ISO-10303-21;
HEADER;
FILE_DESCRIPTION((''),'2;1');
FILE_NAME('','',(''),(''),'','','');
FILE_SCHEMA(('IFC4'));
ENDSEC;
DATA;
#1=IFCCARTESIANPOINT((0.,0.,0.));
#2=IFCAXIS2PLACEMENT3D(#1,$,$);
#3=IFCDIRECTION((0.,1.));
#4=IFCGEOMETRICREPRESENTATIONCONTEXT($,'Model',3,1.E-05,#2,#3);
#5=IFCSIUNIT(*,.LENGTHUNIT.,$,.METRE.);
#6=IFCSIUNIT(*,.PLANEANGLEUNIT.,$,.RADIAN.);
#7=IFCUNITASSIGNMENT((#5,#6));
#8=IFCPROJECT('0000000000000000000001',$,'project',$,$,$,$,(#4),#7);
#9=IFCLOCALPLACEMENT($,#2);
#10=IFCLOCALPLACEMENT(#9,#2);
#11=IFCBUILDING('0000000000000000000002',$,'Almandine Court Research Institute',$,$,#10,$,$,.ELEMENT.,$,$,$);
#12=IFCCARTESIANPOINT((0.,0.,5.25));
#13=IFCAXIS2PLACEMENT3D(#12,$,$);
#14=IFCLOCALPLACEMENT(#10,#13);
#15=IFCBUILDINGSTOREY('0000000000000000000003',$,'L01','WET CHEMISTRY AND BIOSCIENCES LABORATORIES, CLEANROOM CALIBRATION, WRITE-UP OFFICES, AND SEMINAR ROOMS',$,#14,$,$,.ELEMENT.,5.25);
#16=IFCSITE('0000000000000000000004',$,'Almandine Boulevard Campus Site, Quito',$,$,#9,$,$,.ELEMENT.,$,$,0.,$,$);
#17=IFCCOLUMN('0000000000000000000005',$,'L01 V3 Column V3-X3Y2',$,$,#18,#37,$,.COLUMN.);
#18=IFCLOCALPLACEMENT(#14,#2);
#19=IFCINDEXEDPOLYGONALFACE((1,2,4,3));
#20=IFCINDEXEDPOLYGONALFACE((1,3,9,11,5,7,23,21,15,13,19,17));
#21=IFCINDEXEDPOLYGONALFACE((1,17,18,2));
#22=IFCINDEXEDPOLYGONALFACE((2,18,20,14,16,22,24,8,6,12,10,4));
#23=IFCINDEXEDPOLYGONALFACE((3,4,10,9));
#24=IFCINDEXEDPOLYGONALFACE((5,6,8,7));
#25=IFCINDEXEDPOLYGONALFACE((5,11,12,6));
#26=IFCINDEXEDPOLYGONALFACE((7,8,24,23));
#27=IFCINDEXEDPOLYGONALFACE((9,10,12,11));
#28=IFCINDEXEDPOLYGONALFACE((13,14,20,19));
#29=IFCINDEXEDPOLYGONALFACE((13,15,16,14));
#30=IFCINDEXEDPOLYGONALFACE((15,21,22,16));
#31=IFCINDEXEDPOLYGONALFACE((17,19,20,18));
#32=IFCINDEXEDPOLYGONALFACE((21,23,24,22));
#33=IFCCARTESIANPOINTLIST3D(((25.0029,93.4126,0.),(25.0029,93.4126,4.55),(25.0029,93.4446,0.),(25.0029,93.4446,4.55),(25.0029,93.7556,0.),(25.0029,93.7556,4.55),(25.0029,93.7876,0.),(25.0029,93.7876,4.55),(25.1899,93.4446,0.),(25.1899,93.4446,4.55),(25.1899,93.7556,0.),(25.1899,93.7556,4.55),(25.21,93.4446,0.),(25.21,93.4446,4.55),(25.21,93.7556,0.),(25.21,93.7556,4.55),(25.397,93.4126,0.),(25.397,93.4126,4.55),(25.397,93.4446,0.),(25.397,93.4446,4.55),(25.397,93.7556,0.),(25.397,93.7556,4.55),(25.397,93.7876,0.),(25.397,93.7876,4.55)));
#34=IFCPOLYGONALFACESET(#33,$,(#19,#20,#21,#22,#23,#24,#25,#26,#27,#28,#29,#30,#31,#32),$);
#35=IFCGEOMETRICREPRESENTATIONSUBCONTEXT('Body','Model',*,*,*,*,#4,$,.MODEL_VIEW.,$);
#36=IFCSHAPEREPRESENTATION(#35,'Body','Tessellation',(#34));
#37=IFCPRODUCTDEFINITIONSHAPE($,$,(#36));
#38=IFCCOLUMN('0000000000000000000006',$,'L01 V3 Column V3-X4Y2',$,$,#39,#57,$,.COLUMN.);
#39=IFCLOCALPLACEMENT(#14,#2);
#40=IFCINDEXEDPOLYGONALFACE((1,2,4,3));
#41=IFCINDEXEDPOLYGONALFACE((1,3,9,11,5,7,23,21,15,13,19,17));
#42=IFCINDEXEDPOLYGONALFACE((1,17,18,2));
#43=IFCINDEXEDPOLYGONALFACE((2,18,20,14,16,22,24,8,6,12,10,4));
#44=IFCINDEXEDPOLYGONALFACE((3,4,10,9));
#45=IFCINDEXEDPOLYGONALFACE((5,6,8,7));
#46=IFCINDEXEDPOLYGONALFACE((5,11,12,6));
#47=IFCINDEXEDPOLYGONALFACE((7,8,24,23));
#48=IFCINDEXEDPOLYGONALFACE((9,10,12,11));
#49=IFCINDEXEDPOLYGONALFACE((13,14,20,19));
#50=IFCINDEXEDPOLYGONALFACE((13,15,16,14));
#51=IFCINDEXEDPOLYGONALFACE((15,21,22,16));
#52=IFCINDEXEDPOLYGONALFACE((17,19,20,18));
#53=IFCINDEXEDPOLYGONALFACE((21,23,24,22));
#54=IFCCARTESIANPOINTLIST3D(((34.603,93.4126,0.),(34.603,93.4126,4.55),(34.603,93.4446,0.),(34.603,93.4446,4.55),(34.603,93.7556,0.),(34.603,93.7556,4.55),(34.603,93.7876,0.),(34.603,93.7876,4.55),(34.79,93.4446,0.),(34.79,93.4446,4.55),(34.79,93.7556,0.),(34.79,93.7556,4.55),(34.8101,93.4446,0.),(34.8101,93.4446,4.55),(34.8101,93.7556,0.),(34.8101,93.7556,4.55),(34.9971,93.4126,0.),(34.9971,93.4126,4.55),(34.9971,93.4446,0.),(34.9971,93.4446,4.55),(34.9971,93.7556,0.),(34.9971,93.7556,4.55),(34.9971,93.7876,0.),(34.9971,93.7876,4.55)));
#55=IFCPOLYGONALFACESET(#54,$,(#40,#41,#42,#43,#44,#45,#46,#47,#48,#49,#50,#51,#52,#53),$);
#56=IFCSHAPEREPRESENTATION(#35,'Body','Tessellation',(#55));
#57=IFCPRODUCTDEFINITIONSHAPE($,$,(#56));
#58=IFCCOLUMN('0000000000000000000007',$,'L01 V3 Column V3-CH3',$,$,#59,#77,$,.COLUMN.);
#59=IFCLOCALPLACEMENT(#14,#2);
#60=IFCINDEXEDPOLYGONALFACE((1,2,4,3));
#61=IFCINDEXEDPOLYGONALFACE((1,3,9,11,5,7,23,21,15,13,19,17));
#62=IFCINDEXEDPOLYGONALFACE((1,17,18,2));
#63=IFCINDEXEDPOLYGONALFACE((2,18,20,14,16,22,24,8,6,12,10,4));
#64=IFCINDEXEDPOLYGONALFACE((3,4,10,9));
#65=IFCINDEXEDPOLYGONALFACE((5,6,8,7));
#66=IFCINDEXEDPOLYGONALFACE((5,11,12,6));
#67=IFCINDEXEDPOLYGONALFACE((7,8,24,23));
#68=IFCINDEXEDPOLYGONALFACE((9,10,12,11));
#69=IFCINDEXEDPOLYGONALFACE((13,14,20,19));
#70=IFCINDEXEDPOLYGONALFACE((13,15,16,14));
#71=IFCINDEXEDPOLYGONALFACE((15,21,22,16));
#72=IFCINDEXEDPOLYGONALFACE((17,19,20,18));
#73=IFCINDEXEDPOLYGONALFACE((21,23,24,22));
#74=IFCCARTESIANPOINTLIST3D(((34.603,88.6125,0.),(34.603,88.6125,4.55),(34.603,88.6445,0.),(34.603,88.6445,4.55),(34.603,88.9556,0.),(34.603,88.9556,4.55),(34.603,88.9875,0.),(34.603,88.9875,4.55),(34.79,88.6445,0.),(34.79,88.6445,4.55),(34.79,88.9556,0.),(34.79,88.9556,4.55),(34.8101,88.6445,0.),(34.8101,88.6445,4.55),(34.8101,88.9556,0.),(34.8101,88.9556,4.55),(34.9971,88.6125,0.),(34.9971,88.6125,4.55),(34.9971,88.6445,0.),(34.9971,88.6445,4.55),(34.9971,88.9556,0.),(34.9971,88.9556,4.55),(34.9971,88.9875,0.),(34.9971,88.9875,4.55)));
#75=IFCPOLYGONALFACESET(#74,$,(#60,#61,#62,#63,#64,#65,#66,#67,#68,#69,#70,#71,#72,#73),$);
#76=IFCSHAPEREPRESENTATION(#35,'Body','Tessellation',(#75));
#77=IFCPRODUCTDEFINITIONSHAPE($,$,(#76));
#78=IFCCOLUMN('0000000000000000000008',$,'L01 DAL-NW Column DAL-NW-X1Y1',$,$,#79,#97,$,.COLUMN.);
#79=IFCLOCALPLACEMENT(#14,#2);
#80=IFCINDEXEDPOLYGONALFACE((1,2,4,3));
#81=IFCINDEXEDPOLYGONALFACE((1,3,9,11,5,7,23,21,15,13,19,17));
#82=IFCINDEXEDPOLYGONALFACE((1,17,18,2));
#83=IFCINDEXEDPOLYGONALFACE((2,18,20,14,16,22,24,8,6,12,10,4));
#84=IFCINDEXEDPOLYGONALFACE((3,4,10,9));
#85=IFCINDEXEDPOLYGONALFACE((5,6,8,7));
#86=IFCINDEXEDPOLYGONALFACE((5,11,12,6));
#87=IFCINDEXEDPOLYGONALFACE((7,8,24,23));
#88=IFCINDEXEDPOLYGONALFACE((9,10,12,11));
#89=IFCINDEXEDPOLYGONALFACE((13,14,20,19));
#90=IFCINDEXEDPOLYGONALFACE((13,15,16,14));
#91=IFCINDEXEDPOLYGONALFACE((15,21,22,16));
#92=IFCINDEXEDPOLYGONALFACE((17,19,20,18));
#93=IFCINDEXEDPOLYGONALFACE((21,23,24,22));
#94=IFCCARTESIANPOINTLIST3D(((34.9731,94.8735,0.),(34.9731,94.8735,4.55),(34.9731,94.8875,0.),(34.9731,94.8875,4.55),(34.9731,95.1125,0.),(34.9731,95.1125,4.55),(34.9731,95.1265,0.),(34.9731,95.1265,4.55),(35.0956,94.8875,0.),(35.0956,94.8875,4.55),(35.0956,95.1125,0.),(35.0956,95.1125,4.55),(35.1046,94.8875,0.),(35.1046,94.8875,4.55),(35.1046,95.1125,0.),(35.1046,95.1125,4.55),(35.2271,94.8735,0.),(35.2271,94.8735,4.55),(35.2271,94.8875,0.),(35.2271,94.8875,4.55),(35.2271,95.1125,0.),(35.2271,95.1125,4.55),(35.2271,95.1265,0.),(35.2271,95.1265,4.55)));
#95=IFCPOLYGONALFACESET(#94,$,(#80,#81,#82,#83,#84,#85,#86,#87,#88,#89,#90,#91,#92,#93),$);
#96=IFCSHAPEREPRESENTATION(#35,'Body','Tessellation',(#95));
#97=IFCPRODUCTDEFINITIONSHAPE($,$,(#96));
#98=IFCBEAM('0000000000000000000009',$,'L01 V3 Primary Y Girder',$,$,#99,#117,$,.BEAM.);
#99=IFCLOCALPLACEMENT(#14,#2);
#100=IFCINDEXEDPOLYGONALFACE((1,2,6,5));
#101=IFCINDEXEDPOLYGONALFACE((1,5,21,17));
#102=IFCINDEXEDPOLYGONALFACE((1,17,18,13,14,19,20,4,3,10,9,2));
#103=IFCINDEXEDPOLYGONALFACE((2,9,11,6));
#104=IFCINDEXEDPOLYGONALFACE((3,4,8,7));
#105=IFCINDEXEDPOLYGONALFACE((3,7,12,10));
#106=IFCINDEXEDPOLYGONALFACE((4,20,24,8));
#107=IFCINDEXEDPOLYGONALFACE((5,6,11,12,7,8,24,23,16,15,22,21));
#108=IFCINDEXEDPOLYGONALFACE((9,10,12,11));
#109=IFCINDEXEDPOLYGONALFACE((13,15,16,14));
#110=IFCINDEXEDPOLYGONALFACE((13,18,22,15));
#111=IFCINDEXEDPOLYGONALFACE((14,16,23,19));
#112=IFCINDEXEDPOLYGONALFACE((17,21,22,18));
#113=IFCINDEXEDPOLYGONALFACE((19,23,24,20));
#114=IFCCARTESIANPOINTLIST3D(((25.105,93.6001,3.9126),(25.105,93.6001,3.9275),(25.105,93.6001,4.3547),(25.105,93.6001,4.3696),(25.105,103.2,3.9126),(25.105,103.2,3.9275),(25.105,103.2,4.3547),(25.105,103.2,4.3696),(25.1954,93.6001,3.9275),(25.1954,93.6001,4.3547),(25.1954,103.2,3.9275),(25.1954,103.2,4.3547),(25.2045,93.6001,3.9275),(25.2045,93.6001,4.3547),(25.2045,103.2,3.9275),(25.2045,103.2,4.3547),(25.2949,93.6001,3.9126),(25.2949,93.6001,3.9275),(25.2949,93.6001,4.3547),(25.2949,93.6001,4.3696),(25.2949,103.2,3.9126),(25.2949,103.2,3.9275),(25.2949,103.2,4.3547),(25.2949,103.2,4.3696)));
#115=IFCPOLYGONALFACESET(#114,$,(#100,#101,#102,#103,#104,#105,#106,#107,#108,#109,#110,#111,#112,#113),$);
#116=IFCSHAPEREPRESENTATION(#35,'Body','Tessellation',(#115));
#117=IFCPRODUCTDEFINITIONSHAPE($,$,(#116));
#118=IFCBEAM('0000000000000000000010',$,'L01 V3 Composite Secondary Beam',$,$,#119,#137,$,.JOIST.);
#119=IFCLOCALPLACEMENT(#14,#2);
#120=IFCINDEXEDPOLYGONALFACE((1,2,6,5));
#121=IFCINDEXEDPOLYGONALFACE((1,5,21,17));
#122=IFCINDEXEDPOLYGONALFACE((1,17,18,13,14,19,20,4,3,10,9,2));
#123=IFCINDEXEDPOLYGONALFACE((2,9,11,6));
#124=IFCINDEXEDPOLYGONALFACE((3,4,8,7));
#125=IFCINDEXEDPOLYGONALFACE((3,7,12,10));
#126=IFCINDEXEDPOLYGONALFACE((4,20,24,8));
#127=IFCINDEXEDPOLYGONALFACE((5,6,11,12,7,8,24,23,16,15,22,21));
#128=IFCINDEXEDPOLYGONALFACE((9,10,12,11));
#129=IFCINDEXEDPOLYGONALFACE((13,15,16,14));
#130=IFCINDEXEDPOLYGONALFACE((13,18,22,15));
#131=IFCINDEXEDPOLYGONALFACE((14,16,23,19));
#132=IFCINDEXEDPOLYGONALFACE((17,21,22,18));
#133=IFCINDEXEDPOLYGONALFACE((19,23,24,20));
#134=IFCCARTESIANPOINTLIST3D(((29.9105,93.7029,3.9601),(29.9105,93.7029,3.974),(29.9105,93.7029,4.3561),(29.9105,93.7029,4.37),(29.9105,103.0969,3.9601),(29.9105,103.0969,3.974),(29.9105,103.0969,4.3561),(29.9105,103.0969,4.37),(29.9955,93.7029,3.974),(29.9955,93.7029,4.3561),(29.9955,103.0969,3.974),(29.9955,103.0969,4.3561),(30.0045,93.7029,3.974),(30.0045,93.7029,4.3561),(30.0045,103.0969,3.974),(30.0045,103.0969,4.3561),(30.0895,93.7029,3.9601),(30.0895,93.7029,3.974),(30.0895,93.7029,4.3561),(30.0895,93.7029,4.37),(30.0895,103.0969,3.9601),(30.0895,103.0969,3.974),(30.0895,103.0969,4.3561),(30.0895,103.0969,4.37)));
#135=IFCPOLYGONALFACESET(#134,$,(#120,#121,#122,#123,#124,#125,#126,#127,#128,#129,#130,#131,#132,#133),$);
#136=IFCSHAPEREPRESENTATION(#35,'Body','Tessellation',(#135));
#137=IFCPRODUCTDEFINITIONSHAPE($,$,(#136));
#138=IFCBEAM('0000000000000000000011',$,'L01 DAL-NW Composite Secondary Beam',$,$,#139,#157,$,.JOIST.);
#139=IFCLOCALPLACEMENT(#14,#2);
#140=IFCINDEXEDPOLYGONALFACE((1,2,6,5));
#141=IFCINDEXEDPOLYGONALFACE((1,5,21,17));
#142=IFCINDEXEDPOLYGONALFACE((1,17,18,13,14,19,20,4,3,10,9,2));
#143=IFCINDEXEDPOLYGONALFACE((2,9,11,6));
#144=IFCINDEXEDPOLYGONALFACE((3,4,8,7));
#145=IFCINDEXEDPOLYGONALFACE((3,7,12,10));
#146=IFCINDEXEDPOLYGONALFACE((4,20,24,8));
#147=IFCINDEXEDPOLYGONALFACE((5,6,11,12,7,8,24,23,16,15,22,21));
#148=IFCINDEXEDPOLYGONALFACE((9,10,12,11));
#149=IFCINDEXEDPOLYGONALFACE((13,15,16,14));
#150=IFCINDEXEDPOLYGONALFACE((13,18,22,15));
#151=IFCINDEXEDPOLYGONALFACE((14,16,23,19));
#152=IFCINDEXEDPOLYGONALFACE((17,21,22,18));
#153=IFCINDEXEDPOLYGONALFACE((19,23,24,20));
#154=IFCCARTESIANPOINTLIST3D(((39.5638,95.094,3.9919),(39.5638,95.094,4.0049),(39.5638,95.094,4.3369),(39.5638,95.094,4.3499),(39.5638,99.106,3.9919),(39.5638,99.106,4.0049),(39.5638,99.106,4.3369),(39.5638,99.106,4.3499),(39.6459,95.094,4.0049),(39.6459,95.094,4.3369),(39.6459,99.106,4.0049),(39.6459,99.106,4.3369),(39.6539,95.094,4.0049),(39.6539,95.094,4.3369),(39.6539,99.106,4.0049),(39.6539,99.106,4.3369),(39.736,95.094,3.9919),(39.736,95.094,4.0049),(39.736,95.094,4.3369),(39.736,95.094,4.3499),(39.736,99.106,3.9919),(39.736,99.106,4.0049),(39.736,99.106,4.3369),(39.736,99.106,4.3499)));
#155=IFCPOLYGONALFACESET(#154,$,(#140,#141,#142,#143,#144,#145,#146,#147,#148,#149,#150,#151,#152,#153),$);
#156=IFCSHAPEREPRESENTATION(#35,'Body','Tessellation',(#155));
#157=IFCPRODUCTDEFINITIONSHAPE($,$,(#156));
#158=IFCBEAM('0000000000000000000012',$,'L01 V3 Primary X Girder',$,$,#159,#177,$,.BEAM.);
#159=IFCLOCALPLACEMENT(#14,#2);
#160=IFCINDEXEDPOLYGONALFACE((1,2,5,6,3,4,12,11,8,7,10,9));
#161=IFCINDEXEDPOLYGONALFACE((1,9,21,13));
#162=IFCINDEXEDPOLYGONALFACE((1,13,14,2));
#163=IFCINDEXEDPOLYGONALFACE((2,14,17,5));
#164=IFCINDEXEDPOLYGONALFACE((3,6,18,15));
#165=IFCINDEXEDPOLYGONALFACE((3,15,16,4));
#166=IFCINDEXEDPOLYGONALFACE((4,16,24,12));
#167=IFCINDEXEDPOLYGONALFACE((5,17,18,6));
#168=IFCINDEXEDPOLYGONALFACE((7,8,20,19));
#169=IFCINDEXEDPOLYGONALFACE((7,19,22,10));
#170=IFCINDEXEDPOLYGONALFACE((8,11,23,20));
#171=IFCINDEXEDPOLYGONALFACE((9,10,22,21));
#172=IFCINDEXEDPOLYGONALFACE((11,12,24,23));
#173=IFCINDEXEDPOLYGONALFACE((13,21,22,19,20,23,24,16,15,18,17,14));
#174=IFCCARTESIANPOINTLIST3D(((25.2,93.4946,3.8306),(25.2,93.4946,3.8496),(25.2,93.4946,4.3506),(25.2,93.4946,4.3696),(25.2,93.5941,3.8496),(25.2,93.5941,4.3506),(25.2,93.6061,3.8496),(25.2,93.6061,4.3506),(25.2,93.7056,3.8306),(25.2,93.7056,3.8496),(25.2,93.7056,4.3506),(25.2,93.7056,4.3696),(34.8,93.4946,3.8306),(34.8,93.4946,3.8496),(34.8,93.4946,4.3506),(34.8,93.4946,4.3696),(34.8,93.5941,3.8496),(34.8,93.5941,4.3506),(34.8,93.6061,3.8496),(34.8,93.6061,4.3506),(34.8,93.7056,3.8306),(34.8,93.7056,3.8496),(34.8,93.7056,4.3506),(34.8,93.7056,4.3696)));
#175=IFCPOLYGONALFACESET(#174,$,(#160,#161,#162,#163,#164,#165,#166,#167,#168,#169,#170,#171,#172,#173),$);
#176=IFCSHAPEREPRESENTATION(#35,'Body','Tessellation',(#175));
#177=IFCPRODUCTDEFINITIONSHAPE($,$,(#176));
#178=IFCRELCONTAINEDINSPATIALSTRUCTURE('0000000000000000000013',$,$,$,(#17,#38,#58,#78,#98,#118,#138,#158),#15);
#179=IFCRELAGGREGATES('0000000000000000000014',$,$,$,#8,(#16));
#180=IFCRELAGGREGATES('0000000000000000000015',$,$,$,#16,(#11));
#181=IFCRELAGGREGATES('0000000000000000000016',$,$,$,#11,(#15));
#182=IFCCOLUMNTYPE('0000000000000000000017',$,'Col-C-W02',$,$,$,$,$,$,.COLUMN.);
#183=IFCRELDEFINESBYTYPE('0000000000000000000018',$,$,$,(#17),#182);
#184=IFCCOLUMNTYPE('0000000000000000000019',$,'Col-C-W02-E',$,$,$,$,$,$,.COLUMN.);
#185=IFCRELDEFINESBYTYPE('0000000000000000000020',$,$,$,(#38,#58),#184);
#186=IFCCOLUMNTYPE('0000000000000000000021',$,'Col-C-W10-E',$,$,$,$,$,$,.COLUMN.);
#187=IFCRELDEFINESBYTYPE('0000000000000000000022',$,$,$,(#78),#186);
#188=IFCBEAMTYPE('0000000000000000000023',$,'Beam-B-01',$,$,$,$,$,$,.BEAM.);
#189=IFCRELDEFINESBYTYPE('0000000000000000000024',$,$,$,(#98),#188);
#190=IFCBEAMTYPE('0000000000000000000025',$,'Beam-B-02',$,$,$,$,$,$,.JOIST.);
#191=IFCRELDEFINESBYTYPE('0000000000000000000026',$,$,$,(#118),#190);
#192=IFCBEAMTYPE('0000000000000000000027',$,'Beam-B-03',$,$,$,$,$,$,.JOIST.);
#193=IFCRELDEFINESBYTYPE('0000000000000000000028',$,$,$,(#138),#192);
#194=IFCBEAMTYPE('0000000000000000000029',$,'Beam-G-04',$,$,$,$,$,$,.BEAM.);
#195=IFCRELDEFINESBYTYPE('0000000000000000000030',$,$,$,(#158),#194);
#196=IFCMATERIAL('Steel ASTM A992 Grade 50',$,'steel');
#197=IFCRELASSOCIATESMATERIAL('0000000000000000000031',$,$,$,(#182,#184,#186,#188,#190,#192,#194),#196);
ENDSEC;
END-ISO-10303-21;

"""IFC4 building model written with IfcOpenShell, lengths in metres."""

from ifc_helpers import new_model, si_unit, direction, frame, origin, origin_2d, place, context, subcontext, project, spatial, i_section, extrude, material, material_profile, profile_set, type_object, element, save


model = new_model("IFC4")

# Units and contexts
model_context = context("Model", 3, precision=1e-05, world=origin(), true_north=direction((0.0, 1.0)))
body_context = subcontext(model_context, "Body", "Model", "MODEL_VIEW")
ifc_project = project(units=[si_unit("LENGTHUNIT", "METRE"), si_unit("PLANEANGLEUNIT", "RADIAN")], contexts=[model_context])

# Site, building, storey
site_placement = place(None, origin())
site = spatial("IfcSite", under=ifc_project, at=site_placement, Name="Almandine Boulevard Campus Site, Quito", CompositionType="ELEMENT", RefElevation=0.0)
building_placement = place(site_placement, origin())
building = spatial("IfcBuilding", under=site, at=building_placement, Name="Almandine Court Research Institute", CompositionType="ELEMENT")
storey_placement = place(building_placement, frame((0.0, 0.0, 5.25)))
storey = spatial("IfcBuildingStorey", under=building, at=storey_placement, Name="L01", Description="WET CHEMISTRY AND BIOSCIENCES LABORATORIES, CLEANROOM CALIBRATION, WRITE-UP OFFICES, AND SEMINAR ROOMS", CompositionType="ELEMENT", Elevation=5.25)

# Columns
ifc_material_1 = material(Name="Steel ASTM A992 Grade 50", Category="steel")
ifc_material_profile_1 = material_profile(ifc_material_1, i_section(OverallWidth=0.394, OverallDepth=0.375, WebThickness=0.02, FlangeThickness=0.032, at=origin_2d()), Name="W360x216")
ifc_profile_set_1 = profile_set([ifc_material_profile_1], Name="Steel ASTM A992 Grade 50")
column_type_1 = type_object("IfcColumnType", Name="Col-C-W02", PredefinedType="COLUMN", material=ifc_profile_set_1)
column_1_placement = place(storey_placement, frame((25.2, 93.6001, 0.0), z_axis=(0.0, 0.0, 1.0), x_axis=(1.0, 0.0, 0.0)))
element("IfcColumn", 1, at=column_1_placement, inside=storey, type_object=column_type_1, Name="L01 V3 Column V3-X3Y2", PredefinedType="COLUMN", context=body_context, shape_type="SweptSolid", body=[
    extrude(i_section(OverallWidth=0.394, OverallDepth=0.375, WebThickness=0.02, FlangeThickness=0.032, at=origin_2d()), origin(), (0.0, 0.0, 1.0), 4.55),
])
ifc_material_profile_2 = material_profile(ifc_material_1, i_section(OverallWidth=0.394, OverallDepth=0.375, WebThickness=0.02, FlangeThickness=0.032, at=origin_2d()), Name="W360x216")
ifc_profile_set_2 = profile_set([ifc_material_profile_2], Name="Steel ASTM A992 Grade 50")
column_type_2 = type_object("IfcColumnType", Name="Col-C-W02-E", PredefinedType="COLUMN", material=ifc_profile_set_2)
for number, where, z_axis, x_axis, name in (
    (2, (34.8, 93.6001, 0.0), (0.0, 0.0, 1.0), (1.0, 0.0, 0.0), "L01 V3 Column V3-X4Y2"),
    (3, (34.8, 88.8, 0.0), (0.0, 0.0, 1.0), (1.0, 0.0, 0.0), "L01 V3 Column V3-CH3"),
):
    element("IfcColumn", number, at=place(storey_placement, frame(where, z_axis=z_axis, x_axis=x_axis)), inside=storey, type_object=column_type_2, Name=name, PredefinedType="COLUMN", context=body_context, shape_type="SweptSolid", body=[
        extrude(i_section(OverallWidth=0.394, OverallDepth=0.375, WebThickness=0.02, FlangeThickness=0.032, at=origin_2d()), origin(), (0.0, 0.0, 1.0), 4.55),
    ])
ifc_material_profile_3 = material_profile(ifc_material_1, i_section(OverallWidth=0.2539, OverallDepth=0.2529, WebThickness=0.009, FlangeThickness=0.0139, at=origin_2d()), Name="W250x73")
ifc_profile_set_3 = profile_set([ifc_material_profile_3], Name="Steel ASTM A992 Grade 50")
column_type_3 = type_object("IfcColumnType", Name="Col-C-W10-E", PredefinedType="COLUMN", material=ifc_profile_set_3)
column_2_placement = place(storey_placement, frame((35.1001, 95.0, 0.0), z_axis=(0.0, 0.0, 1.0), x_axis=(1.0, 0.0, 0.0)))
element("IfcColumn", 4, at=column_2_placement, inside=storey, type_object=column_type_3, Name="L01 DAL-NW Column DAL-NW-X1Y1", PredefinedType="COLUMN", context=body_context, shape_type="SweptSolid", body=[
    extrude(i_section(OverallWidth=0.2539, OverallDepth=0.2529, WebThickness=0.009, FlangeThickness=0.0139, at=origin_2d()), origin(), (0.0, 0.0, 1.0), 4.55),
])

# Beams
ifc_material_profile_4 = material_profile(ifc_material_1, i_section(OverallWidth=0.1899, OverallDepth=0.457, WebThickness=0.009, FlangeThickness=0.0149, at=origin_2d()), Name="W460x74")
ifc_profile_set_4 = profile_set([ifc_material_profile_4], Name="Steel ASTM A992 Grade 50")
beam_type_1 = type_object("IfcBeamType", Name="Beam-B-01", PredefinedType="BEAM", material=ifc_profile_set_4)
beam_1_placement = place(storey_placement, frame((25.2, 93.6001, 4.1411), z_axis=(0.0, 1.0, 0.0), x_axis=(-1.0, 0.0, 0.0)))
element("IfcBeam", 5, at=beam_1_placement, inside=storey, type_object=beam_type_1, Name="L01 V3 Primary Y Girder", PredefinedType="BEAM", context=body_context, shape_type="SweptSolid", body=[
    extrude(i_section(OverallWidth=0.1899, OverallDepth=0.457, WebThickness=0.009, FlangeThickness=0.0149, at=origin_2d()), origin(), (0.0, 0.0, 1.0), 9.5999),
])
ifc_material_profile_5 = material_profile(ifc_material_1, i_section(OverallWidth=0.179, OverallDepth=0.4099, WebThickness=0.009, FlangeThickness=0.0139, at=origin_2d()), Name="W410x67")
ifc_profile_set_5 = profile_set([ifc_material_profile_5], Name="Steel ASTM A992 Grade 50")
beam_type_2 = type_object("IfcBeamType", Name="Beam-B-02", PredefinedType="JOIST", material=ifc_profile_set_5)
beam_2_placement = place(storey_placement, frame((30.0, 93.7029, 4.165), z_axis=(0.0, 1.0, 0.0), x_axis=(-1.0, 0.0, 0.0)))
element("IfcBeam", 6, at=beam_2_placement, inside=storey, type_object=beam_type_2, Name="L01 V3 Composite Secondary Beam", PredefinedType="JOIST", context=body_context, shape_type="SweptSolid", body=[
    extrude(i_section(OverallWidth=0.179, OverallDepth=0.4099, WebThickness=0.009, FlangeThickness=0.0139, at=origin_2d()), origin(), (0.0, 0.0, 1.0), 9.394),
])
ifc_material_profile_6 = material_profile(ifc_material_1, i_section(OverallWidth=0.1721, OverallDepth=0.3579, WebThickness=0.0081, FlangeThickness=0.0129, at=origin_2d()), Name="W360x57")
ifc_profile_set_6 = profile_set([ifc_material_profile_6], Name="Steel ASTM A992 Grade 50")
beam_type_3 = type_object("IfcBeamType", Name="Beam-B-03", PredefinedType="JOIST", material=ifc_profile_set_6)
beam_3_placement = place(storey_placement, frame((39.6499, 95.094, 4.1709), z_axis=(0.0, 1.0, 0.0), x_axis=(-1.0, 0.0, 0.0)))
element("IfcBeam", 7, at=beam_3_placement, inside=storey, type_object=beam_type_3, Name="L01 DAL-NW Composite Secondary Beam", PredefinedType="JOIST", context=body_context, shape_type="SweptSolid", body=[
    extrude(i_section(OverallWidth=0.1721, OverallDepth=0.3579, WebThickness=0.0081, FlangeThickness=0.0129, at=origin_2d()), origin(), (0.0, 0.0, 1.0), 4.012),
])
ifc_material_profile_7 = material_profile(ifc_material_1, i_section(OverallWidth=0.2109, OverallDepth=0.5391, WebThickness=0.012, FlangeThickness=0.019, at=origin_2d()), Name="W530x109")
ifc_profile_set_7 = profile_set([ifc_material_profile_7], Name="Steel ASTM A992 Grade 50")
beam_type_4 = type_object("IfcBeamType", Name="Beam-G-04", PredefinedType="BEAM", material=ifc_profile_set_7)
beam_4_placement = place(storey_placement, frame((25.2, 93.6001, 4.1001), z_axis=(1.0, 0.0, 0.0), x_axis=(0.0, 1.0, 0.0)))
element("IfcBeam", 8, at=beam_4_placement, inside=storey, type_object=beam_type_4, Name="L01 V3 Primary X Girder", PredefinedType="BEAM", context=body_context, shape_type="SweptSolid", body=[
    extrude(i_section(OverallWidth=0.2109, OverallDepth=0.5391, WebThickness=0.012, FlangeThickness=0.019, at=origin_2d()), origin(), (0.0, 0.0, 1.0), 9.6001),
])

save(model, "model.ifc")
